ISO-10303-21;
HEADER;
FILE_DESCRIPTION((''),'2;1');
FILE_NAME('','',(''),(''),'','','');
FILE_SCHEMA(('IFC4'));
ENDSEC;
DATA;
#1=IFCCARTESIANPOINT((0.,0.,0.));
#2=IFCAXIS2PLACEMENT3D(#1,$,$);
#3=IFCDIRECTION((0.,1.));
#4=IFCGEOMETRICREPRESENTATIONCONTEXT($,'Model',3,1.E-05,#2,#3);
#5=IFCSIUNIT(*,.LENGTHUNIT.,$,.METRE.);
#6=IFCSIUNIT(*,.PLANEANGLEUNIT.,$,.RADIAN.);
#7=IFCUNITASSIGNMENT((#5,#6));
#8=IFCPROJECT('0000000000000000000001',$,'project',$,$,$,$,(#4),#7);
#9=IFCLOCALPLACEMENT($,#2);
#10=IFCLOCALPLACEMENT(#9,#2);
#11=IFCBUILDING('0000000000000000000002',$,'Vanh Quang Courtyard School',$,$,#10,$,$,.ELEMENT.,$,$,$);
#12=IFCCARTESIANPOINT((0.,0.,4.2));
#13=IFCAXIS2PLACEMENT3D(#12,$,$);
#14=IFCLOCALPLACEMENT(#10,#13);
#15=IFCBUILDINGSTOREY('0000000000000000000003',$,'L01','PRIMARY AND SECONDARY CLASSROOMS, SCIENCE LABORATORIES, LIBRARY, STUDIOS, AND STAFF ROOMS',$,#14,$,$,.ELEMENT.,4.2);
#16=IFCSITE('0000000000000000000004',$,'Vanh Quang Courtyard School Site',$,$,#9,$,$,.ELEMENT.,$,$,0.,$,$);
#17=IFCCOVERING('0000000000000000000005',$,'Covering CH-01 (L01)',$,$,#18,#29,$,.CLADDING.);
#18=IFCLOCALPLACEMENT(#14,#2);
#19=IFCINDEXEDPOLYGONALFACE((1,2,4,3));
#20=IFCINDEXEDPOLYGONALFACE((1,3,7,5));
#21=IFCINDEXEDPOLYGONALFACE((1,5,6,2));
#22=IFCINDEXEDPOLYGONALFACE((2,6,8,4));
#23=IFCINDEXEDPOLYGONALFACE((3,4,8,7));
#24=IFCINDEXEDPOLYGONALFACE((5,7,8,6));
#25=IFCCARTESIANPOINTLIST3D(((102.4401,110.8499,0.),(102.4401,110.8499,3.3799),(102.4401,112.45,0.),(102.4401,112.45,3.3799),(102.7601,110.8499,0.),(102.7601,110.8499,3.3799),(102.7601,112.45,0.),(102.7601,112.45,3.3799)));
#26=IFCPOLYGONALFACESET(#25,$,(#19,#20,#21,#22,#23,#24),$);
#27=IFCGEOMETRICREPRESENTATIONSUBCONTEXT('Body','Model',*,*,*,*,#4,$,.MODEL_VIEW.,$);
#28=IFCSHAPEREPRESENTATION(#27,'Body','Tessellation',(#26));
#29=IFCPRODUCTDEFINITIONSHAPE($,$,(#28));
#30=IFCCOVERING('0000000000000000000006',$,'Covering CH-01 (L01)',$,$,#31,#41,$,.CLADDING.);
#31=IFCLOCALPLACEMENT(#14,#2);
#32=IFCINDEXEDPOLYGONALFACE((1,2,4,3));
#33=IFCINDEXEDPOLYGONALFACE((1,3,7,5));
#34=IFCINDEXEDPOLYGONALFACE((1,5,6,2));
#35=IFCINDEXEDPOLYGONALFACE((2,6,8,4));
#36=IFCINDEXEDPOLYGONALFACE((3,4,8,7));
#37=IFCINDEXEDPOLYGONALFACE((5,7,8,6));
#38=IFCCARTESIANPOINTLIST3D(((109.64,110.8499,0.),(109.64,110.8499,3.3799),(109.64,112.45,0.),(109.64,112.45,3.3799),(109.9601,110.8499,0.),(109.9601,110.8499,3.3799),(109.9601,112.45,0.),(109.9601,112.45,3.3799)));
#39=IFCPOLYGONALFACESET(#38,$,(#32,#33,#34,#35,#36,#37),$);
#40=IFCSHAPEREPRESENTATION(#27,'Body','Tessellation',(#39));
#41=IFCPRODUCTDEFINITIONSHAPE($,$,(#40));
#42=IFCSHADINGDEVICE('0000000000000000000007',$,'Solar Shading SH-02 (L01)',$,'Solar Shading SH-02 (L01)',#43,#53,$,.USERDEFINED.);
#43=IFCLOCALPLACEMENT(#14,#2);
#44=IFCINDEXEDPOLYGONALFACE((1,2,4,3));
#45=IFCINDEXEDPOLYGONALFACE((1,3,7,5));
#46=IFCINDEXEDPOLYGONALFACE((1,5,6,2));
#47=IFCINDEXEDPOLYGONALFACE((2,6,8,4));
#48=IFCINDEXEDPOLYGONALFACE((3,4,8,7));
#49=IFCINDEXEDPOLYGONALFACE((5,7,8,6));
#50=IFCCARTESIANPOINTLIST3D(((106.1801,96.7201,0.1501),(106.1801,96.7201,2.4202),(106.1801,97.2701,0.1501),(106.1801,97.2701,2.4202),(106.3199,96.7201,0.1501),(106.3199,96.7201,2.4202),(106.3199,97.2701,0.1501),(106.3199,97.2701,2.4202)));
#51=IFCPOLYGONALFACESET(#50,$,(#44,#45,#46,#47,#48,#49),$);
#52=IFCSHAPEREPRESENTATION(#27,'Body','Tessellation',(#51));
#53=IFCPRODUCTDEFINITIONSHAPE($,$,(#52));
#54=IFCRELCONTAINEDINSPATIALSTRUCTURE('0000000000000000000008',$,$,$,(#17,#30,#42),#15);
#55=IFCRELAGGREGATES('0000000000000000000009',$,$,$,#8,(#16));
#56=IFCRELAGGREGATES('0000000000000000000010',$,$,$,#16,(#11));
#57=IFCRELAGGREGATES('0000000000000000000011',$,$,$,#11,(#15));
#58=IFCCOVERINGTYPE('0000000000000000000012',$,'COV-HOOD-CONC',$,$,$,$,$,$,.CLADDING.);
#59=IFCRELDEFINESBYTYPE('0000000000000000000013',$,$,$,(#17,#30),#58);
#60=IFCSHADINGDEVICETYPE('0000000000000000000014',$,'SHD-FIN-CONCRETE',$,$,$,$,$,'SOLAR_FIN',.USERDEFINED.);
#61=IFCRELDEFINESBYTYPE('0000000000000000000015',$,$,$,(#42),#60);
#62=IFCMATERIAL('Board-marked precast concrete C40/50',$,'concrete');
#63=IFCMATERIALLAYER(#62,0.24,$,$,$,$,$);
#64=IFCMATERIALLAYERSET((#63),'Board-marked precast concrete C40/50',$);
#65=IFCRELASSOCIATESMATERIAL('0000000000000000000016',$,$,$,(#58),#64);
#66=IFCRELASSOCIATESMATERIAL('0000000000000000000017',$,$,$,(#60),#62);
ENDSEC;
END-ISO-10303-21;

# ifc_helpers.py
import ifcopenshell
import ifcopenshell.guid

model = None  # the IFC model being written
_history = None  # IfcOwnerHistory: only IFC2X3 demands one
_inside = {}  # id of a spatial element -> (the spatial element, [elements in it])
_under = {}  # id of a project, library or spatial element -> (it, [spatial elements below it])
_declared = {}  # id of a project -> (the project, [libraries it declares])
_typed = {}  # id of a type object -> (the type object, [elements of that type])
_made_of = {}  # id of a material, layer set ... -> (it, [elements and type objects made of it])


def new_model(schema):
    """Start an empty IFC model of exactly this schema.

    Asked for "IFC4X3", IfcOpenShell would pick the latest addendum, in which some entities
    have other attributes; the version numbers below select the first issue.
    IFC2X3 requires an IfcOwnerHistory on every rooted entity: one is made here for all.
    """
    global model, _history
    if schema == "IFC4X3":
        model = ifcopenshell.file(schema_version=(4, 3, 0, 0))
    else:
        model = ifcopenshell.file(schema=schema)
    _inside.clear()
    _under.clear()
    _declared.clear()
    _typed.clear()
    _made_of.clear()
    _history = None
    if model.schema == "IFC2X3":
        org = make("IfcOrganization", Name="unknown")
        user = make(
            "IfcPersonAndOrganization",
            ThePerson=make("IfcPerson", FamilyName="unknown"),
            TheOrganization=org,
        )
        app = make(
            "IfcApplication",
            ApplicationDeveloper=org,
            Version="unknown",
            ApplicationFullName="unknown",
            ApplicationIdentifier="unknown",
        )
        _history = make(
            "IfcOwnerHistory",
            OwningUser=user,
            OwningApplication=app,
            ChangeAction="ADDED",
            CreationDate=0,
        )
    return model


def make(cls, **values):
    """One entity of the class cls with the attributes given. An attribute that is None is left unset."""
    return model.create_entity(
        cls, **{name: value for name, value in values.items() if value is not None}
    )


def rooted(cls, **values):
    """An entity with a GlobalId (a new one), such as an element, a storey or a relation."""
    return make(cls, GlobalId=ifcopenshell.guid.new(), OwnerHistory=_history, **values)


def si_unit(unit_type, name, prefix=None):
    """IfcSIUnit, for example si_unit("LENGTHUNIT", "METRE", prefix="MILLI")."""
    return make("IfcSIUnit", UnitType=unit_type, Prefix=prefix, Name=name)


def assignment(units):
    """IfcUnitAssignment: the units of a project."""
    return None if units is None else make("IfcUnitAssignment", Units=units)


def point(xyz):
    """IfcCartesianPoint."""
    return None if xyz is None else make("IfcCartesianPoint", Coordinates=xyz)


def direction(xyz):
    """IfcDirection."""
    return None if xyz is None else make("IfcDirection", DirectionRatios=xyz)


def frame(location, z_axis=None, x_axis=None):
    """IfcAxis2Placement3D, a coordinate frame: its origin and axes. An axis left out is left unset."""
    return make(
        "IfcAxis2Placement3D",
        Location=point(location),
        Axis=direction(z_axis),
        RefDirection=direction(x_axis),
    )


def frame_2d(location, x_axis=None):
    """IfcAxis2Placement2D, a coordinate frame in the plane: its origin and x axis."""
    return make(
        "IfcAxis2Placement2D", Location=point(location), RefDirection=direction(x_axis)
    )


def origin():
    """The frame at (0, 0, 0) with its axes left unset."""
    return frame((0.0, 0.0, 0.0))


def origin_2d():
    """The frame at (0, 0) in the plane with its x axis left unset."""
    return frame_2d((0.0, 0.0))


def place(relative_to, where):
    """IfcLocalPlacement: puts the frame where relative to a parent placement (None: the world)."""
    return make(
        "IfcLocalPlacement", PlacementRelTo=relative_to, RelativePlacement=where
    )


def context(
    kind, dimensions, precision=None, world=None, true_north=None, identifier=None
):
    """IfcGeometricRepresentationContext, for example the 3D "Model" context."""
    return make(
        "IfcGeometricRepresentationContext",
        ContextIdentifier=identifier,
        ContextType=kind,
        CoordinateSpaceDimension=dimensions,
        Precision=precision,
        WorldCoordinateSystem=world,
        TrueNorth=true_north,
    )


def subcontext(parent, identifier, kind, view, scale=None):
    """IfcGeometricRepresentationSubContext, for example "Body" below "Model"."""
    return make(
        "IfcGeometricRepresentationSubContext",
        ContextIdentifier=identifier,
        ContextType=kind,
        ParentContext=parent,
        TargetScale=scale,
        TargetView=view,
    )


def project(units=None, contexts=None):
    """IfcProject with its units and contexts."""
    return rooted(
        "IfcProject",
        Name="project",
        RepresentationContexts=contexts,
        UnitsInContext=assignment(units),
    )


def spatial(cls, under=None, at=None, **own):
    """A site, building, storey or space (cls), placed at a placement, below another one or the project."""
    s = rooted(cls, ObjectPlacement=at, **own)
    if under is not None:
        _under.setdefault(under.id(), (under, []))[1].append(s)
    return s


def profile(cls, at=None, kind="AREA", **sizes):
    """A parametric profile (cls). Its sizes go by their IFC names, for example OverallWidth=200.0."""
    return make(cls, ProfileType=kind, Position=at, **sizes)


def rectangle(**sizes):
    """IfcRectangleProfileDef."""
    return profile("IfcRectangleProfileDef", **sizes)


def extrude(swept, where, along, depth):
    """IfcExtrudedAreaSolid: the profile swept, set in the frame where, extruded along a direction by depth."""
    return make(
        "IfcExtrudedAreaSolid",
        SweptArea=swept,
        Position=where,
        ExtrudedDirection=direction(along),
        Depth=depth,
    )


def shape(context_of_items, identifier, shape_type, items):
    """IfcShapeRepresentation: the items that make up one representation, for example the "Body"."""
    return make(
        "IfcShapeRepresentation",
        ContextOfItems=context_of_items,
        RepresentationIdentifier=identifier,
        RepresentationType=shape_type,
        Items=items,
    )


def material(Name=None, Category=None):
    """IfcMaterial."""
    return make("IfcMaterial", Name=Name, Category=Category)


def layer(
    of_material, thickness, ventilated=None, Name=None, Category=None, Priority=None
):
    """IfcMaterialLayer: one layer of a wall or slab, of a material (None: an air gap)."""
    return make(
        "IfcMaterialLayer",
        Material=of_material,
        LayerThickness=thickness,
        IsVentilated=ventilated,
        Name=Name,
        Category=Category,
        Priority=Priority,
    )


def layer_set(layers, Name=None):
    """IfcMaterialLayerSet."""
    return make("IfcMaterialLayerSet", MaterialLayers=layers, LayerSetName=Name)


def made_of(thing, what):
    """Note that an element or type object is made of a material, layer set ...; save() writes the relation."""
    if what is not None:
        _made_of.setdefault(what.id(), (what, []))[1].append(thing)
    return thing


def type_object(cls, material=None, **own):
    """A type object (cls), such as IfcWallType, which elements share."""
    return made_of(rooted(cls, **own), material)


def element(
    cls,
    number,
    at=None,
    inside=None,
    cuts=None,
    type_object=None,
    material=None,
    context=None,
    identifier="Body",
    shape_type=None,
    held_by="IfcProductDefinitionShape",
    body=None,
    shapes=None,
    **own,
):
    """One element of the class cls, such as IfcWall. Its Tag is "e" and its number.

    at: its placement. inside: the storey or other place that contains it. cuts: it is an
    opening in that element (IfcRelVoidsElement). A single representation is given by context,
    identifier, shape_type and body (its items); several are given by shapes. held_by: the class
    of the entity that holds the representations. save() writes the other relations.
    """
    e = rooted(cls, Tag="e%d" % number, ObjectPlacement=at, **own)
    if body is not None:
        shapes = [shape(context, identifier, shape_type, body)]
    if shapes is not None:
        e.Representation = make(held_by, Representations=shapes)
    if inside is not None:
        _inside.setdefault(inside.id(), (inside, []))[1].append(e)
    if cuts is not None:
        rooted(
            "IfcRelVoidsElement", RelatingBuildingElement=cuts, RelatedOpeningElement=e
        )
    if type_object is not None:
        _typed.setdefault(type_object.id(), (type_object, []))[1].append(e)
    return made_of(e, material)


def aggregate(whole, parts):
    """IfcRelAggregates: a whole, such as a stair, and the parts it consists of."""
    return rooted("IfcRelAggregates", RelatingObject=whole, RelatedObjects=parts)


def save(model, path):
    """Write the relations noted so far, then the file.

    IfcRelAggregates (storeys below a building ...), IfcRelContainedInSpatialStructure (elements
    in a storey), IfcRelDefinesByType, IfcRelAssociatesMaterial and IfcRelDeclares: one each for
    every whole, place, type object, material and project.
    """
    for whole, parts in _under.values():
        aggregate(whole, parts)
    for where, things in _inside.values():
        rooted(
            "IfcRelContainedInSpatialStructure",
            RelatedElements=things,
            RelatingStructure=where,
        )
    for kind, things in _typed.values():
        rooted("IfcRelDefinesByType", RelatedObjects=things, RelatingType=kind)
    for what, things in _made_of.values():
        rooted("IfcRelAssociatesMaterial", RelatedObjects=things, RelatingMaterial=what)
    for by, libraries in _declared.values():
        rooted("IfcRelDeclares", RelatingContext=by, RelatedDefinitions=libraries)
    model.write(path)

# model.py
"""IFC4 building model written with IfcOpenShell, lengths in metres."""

from ifc_helpers import new_model, si_unit, direction, frame, origin, origin_2d, place, context, subcontext, project, spatial, rectangle, extrude, material, layer, layer_set, type_object, element, save


model = new_model("IFC4")

# Units and contexts
model_context = context("Model", 3, precision=1e-05, world=origin(), true_north=direction((0.0, 1.0)))
body_context = subcontext(model_context, "Body", "Model", "MODEL_VIEW")
ifc_project = project(units=[si_unit("LENGTHUNIT", "METRE"), si_unit("PLANEANGLEUNIT", "RADIAN")], contexts=[model_context])

# Site, building, storey
site_placement = place(None, origin())
site = spatial("IfcSite", under=ifc_project, at=site_placement, Name="Vanh Quang Courtyard School Site", CompositionType="ELEMENT", RefElevation=0.0)
building_placement = place(site_placement, origin())
building = spatial("IfcBuilding", under=site, at=building_placement, Name="Vanh Quang Courtyard School", CompositionType="ELEMENT")
storey_placement = place(building_placement, frame((0.0, 0.0, 4.2)))
storey = spatial("IfcBuildingStorey", under=building, at=storey_placement, Name="L01", Description="PRIMARY AND SECONDARY CLASSROOMS, SCIENCE LABORATORIES, LIBRARY, STUDIOS, AND STAFF ROOMS", CompositionType="ELEMENT", Elevation=4.2)

# Coverings
ifc_material_1 = material(Name="Board-marked precast concrete C40/50", Category="concrete")
ifc_layer_1 = layer(ifc_material_1, 0.24)
ifc_layer_set_1 = layer_set([ifc_layer_1], Name="Board-marked precast concrete C40/50")
covering_type = type_object("IfcCoveringType", Name="COV-HOOD-CONC", PredefinedType="CLADDING", material=ifc_layer_set_1)
for number, where, z_axis, x_axis, name in (
    (1, (102.6001, 111.6499, 0.0), (0.0, 0.0, 1.0), (0.0, 1.0, 0.0), "Covering CH-01 (L01)"),
    (2, (109.8, 111.6499, 0.0), (0.0, 0.0, 1.0), (0.0, 1.0, 0.0), "Covering CH-01 (L01)"),
):
    element("IfcCovering", number, at=place(storey_placement, frame(where, z_axis=z_axis, x_axis=x_axis)), inside=storey, type_object=covering_type, Name=name, PredefinedType="CLADDING", context=body_context, shape_type="SweptSolid", body=[
        extrude(rectangle(XDim=1.6001, YDim=0.3201, at=origin_2d()), origin(), (0.0, 0.0, 1.0), 3.3799),
    ])

# Shading device
shading_device_type = type_object("IfcShadingDeviceType", Name="SHD-FIN-CONCRETE", ElementType="SOLAR_FIN", PredefinedType="USERDEFINED", material=ifc_material_1)
shading_device_placement = place(storey_placement, frame((106.25, 96.9951, 0.1501), z_axis=(0.0, 0.0, 1.0), x_axis=(1.0, 0.0, 0.0)))
element("IfcShadingDevice", 3, at=shading_device_placement, inside=storey, type_object=shading_device_type, Name="Solar Shading SH-02 (L01)", ObjectType="Solar Shading SH-02 (L01)", PredefinedType="USERDEFINED", context=body_context, shape_type="SweptSolid", body=[
    extrude(rectangle(XDim=0.1399, YDim=0.55, at=origin_2d()), origin(), (0.0, 0.0, 1.0), 2.27),
])

save(model, "model.ifc")
